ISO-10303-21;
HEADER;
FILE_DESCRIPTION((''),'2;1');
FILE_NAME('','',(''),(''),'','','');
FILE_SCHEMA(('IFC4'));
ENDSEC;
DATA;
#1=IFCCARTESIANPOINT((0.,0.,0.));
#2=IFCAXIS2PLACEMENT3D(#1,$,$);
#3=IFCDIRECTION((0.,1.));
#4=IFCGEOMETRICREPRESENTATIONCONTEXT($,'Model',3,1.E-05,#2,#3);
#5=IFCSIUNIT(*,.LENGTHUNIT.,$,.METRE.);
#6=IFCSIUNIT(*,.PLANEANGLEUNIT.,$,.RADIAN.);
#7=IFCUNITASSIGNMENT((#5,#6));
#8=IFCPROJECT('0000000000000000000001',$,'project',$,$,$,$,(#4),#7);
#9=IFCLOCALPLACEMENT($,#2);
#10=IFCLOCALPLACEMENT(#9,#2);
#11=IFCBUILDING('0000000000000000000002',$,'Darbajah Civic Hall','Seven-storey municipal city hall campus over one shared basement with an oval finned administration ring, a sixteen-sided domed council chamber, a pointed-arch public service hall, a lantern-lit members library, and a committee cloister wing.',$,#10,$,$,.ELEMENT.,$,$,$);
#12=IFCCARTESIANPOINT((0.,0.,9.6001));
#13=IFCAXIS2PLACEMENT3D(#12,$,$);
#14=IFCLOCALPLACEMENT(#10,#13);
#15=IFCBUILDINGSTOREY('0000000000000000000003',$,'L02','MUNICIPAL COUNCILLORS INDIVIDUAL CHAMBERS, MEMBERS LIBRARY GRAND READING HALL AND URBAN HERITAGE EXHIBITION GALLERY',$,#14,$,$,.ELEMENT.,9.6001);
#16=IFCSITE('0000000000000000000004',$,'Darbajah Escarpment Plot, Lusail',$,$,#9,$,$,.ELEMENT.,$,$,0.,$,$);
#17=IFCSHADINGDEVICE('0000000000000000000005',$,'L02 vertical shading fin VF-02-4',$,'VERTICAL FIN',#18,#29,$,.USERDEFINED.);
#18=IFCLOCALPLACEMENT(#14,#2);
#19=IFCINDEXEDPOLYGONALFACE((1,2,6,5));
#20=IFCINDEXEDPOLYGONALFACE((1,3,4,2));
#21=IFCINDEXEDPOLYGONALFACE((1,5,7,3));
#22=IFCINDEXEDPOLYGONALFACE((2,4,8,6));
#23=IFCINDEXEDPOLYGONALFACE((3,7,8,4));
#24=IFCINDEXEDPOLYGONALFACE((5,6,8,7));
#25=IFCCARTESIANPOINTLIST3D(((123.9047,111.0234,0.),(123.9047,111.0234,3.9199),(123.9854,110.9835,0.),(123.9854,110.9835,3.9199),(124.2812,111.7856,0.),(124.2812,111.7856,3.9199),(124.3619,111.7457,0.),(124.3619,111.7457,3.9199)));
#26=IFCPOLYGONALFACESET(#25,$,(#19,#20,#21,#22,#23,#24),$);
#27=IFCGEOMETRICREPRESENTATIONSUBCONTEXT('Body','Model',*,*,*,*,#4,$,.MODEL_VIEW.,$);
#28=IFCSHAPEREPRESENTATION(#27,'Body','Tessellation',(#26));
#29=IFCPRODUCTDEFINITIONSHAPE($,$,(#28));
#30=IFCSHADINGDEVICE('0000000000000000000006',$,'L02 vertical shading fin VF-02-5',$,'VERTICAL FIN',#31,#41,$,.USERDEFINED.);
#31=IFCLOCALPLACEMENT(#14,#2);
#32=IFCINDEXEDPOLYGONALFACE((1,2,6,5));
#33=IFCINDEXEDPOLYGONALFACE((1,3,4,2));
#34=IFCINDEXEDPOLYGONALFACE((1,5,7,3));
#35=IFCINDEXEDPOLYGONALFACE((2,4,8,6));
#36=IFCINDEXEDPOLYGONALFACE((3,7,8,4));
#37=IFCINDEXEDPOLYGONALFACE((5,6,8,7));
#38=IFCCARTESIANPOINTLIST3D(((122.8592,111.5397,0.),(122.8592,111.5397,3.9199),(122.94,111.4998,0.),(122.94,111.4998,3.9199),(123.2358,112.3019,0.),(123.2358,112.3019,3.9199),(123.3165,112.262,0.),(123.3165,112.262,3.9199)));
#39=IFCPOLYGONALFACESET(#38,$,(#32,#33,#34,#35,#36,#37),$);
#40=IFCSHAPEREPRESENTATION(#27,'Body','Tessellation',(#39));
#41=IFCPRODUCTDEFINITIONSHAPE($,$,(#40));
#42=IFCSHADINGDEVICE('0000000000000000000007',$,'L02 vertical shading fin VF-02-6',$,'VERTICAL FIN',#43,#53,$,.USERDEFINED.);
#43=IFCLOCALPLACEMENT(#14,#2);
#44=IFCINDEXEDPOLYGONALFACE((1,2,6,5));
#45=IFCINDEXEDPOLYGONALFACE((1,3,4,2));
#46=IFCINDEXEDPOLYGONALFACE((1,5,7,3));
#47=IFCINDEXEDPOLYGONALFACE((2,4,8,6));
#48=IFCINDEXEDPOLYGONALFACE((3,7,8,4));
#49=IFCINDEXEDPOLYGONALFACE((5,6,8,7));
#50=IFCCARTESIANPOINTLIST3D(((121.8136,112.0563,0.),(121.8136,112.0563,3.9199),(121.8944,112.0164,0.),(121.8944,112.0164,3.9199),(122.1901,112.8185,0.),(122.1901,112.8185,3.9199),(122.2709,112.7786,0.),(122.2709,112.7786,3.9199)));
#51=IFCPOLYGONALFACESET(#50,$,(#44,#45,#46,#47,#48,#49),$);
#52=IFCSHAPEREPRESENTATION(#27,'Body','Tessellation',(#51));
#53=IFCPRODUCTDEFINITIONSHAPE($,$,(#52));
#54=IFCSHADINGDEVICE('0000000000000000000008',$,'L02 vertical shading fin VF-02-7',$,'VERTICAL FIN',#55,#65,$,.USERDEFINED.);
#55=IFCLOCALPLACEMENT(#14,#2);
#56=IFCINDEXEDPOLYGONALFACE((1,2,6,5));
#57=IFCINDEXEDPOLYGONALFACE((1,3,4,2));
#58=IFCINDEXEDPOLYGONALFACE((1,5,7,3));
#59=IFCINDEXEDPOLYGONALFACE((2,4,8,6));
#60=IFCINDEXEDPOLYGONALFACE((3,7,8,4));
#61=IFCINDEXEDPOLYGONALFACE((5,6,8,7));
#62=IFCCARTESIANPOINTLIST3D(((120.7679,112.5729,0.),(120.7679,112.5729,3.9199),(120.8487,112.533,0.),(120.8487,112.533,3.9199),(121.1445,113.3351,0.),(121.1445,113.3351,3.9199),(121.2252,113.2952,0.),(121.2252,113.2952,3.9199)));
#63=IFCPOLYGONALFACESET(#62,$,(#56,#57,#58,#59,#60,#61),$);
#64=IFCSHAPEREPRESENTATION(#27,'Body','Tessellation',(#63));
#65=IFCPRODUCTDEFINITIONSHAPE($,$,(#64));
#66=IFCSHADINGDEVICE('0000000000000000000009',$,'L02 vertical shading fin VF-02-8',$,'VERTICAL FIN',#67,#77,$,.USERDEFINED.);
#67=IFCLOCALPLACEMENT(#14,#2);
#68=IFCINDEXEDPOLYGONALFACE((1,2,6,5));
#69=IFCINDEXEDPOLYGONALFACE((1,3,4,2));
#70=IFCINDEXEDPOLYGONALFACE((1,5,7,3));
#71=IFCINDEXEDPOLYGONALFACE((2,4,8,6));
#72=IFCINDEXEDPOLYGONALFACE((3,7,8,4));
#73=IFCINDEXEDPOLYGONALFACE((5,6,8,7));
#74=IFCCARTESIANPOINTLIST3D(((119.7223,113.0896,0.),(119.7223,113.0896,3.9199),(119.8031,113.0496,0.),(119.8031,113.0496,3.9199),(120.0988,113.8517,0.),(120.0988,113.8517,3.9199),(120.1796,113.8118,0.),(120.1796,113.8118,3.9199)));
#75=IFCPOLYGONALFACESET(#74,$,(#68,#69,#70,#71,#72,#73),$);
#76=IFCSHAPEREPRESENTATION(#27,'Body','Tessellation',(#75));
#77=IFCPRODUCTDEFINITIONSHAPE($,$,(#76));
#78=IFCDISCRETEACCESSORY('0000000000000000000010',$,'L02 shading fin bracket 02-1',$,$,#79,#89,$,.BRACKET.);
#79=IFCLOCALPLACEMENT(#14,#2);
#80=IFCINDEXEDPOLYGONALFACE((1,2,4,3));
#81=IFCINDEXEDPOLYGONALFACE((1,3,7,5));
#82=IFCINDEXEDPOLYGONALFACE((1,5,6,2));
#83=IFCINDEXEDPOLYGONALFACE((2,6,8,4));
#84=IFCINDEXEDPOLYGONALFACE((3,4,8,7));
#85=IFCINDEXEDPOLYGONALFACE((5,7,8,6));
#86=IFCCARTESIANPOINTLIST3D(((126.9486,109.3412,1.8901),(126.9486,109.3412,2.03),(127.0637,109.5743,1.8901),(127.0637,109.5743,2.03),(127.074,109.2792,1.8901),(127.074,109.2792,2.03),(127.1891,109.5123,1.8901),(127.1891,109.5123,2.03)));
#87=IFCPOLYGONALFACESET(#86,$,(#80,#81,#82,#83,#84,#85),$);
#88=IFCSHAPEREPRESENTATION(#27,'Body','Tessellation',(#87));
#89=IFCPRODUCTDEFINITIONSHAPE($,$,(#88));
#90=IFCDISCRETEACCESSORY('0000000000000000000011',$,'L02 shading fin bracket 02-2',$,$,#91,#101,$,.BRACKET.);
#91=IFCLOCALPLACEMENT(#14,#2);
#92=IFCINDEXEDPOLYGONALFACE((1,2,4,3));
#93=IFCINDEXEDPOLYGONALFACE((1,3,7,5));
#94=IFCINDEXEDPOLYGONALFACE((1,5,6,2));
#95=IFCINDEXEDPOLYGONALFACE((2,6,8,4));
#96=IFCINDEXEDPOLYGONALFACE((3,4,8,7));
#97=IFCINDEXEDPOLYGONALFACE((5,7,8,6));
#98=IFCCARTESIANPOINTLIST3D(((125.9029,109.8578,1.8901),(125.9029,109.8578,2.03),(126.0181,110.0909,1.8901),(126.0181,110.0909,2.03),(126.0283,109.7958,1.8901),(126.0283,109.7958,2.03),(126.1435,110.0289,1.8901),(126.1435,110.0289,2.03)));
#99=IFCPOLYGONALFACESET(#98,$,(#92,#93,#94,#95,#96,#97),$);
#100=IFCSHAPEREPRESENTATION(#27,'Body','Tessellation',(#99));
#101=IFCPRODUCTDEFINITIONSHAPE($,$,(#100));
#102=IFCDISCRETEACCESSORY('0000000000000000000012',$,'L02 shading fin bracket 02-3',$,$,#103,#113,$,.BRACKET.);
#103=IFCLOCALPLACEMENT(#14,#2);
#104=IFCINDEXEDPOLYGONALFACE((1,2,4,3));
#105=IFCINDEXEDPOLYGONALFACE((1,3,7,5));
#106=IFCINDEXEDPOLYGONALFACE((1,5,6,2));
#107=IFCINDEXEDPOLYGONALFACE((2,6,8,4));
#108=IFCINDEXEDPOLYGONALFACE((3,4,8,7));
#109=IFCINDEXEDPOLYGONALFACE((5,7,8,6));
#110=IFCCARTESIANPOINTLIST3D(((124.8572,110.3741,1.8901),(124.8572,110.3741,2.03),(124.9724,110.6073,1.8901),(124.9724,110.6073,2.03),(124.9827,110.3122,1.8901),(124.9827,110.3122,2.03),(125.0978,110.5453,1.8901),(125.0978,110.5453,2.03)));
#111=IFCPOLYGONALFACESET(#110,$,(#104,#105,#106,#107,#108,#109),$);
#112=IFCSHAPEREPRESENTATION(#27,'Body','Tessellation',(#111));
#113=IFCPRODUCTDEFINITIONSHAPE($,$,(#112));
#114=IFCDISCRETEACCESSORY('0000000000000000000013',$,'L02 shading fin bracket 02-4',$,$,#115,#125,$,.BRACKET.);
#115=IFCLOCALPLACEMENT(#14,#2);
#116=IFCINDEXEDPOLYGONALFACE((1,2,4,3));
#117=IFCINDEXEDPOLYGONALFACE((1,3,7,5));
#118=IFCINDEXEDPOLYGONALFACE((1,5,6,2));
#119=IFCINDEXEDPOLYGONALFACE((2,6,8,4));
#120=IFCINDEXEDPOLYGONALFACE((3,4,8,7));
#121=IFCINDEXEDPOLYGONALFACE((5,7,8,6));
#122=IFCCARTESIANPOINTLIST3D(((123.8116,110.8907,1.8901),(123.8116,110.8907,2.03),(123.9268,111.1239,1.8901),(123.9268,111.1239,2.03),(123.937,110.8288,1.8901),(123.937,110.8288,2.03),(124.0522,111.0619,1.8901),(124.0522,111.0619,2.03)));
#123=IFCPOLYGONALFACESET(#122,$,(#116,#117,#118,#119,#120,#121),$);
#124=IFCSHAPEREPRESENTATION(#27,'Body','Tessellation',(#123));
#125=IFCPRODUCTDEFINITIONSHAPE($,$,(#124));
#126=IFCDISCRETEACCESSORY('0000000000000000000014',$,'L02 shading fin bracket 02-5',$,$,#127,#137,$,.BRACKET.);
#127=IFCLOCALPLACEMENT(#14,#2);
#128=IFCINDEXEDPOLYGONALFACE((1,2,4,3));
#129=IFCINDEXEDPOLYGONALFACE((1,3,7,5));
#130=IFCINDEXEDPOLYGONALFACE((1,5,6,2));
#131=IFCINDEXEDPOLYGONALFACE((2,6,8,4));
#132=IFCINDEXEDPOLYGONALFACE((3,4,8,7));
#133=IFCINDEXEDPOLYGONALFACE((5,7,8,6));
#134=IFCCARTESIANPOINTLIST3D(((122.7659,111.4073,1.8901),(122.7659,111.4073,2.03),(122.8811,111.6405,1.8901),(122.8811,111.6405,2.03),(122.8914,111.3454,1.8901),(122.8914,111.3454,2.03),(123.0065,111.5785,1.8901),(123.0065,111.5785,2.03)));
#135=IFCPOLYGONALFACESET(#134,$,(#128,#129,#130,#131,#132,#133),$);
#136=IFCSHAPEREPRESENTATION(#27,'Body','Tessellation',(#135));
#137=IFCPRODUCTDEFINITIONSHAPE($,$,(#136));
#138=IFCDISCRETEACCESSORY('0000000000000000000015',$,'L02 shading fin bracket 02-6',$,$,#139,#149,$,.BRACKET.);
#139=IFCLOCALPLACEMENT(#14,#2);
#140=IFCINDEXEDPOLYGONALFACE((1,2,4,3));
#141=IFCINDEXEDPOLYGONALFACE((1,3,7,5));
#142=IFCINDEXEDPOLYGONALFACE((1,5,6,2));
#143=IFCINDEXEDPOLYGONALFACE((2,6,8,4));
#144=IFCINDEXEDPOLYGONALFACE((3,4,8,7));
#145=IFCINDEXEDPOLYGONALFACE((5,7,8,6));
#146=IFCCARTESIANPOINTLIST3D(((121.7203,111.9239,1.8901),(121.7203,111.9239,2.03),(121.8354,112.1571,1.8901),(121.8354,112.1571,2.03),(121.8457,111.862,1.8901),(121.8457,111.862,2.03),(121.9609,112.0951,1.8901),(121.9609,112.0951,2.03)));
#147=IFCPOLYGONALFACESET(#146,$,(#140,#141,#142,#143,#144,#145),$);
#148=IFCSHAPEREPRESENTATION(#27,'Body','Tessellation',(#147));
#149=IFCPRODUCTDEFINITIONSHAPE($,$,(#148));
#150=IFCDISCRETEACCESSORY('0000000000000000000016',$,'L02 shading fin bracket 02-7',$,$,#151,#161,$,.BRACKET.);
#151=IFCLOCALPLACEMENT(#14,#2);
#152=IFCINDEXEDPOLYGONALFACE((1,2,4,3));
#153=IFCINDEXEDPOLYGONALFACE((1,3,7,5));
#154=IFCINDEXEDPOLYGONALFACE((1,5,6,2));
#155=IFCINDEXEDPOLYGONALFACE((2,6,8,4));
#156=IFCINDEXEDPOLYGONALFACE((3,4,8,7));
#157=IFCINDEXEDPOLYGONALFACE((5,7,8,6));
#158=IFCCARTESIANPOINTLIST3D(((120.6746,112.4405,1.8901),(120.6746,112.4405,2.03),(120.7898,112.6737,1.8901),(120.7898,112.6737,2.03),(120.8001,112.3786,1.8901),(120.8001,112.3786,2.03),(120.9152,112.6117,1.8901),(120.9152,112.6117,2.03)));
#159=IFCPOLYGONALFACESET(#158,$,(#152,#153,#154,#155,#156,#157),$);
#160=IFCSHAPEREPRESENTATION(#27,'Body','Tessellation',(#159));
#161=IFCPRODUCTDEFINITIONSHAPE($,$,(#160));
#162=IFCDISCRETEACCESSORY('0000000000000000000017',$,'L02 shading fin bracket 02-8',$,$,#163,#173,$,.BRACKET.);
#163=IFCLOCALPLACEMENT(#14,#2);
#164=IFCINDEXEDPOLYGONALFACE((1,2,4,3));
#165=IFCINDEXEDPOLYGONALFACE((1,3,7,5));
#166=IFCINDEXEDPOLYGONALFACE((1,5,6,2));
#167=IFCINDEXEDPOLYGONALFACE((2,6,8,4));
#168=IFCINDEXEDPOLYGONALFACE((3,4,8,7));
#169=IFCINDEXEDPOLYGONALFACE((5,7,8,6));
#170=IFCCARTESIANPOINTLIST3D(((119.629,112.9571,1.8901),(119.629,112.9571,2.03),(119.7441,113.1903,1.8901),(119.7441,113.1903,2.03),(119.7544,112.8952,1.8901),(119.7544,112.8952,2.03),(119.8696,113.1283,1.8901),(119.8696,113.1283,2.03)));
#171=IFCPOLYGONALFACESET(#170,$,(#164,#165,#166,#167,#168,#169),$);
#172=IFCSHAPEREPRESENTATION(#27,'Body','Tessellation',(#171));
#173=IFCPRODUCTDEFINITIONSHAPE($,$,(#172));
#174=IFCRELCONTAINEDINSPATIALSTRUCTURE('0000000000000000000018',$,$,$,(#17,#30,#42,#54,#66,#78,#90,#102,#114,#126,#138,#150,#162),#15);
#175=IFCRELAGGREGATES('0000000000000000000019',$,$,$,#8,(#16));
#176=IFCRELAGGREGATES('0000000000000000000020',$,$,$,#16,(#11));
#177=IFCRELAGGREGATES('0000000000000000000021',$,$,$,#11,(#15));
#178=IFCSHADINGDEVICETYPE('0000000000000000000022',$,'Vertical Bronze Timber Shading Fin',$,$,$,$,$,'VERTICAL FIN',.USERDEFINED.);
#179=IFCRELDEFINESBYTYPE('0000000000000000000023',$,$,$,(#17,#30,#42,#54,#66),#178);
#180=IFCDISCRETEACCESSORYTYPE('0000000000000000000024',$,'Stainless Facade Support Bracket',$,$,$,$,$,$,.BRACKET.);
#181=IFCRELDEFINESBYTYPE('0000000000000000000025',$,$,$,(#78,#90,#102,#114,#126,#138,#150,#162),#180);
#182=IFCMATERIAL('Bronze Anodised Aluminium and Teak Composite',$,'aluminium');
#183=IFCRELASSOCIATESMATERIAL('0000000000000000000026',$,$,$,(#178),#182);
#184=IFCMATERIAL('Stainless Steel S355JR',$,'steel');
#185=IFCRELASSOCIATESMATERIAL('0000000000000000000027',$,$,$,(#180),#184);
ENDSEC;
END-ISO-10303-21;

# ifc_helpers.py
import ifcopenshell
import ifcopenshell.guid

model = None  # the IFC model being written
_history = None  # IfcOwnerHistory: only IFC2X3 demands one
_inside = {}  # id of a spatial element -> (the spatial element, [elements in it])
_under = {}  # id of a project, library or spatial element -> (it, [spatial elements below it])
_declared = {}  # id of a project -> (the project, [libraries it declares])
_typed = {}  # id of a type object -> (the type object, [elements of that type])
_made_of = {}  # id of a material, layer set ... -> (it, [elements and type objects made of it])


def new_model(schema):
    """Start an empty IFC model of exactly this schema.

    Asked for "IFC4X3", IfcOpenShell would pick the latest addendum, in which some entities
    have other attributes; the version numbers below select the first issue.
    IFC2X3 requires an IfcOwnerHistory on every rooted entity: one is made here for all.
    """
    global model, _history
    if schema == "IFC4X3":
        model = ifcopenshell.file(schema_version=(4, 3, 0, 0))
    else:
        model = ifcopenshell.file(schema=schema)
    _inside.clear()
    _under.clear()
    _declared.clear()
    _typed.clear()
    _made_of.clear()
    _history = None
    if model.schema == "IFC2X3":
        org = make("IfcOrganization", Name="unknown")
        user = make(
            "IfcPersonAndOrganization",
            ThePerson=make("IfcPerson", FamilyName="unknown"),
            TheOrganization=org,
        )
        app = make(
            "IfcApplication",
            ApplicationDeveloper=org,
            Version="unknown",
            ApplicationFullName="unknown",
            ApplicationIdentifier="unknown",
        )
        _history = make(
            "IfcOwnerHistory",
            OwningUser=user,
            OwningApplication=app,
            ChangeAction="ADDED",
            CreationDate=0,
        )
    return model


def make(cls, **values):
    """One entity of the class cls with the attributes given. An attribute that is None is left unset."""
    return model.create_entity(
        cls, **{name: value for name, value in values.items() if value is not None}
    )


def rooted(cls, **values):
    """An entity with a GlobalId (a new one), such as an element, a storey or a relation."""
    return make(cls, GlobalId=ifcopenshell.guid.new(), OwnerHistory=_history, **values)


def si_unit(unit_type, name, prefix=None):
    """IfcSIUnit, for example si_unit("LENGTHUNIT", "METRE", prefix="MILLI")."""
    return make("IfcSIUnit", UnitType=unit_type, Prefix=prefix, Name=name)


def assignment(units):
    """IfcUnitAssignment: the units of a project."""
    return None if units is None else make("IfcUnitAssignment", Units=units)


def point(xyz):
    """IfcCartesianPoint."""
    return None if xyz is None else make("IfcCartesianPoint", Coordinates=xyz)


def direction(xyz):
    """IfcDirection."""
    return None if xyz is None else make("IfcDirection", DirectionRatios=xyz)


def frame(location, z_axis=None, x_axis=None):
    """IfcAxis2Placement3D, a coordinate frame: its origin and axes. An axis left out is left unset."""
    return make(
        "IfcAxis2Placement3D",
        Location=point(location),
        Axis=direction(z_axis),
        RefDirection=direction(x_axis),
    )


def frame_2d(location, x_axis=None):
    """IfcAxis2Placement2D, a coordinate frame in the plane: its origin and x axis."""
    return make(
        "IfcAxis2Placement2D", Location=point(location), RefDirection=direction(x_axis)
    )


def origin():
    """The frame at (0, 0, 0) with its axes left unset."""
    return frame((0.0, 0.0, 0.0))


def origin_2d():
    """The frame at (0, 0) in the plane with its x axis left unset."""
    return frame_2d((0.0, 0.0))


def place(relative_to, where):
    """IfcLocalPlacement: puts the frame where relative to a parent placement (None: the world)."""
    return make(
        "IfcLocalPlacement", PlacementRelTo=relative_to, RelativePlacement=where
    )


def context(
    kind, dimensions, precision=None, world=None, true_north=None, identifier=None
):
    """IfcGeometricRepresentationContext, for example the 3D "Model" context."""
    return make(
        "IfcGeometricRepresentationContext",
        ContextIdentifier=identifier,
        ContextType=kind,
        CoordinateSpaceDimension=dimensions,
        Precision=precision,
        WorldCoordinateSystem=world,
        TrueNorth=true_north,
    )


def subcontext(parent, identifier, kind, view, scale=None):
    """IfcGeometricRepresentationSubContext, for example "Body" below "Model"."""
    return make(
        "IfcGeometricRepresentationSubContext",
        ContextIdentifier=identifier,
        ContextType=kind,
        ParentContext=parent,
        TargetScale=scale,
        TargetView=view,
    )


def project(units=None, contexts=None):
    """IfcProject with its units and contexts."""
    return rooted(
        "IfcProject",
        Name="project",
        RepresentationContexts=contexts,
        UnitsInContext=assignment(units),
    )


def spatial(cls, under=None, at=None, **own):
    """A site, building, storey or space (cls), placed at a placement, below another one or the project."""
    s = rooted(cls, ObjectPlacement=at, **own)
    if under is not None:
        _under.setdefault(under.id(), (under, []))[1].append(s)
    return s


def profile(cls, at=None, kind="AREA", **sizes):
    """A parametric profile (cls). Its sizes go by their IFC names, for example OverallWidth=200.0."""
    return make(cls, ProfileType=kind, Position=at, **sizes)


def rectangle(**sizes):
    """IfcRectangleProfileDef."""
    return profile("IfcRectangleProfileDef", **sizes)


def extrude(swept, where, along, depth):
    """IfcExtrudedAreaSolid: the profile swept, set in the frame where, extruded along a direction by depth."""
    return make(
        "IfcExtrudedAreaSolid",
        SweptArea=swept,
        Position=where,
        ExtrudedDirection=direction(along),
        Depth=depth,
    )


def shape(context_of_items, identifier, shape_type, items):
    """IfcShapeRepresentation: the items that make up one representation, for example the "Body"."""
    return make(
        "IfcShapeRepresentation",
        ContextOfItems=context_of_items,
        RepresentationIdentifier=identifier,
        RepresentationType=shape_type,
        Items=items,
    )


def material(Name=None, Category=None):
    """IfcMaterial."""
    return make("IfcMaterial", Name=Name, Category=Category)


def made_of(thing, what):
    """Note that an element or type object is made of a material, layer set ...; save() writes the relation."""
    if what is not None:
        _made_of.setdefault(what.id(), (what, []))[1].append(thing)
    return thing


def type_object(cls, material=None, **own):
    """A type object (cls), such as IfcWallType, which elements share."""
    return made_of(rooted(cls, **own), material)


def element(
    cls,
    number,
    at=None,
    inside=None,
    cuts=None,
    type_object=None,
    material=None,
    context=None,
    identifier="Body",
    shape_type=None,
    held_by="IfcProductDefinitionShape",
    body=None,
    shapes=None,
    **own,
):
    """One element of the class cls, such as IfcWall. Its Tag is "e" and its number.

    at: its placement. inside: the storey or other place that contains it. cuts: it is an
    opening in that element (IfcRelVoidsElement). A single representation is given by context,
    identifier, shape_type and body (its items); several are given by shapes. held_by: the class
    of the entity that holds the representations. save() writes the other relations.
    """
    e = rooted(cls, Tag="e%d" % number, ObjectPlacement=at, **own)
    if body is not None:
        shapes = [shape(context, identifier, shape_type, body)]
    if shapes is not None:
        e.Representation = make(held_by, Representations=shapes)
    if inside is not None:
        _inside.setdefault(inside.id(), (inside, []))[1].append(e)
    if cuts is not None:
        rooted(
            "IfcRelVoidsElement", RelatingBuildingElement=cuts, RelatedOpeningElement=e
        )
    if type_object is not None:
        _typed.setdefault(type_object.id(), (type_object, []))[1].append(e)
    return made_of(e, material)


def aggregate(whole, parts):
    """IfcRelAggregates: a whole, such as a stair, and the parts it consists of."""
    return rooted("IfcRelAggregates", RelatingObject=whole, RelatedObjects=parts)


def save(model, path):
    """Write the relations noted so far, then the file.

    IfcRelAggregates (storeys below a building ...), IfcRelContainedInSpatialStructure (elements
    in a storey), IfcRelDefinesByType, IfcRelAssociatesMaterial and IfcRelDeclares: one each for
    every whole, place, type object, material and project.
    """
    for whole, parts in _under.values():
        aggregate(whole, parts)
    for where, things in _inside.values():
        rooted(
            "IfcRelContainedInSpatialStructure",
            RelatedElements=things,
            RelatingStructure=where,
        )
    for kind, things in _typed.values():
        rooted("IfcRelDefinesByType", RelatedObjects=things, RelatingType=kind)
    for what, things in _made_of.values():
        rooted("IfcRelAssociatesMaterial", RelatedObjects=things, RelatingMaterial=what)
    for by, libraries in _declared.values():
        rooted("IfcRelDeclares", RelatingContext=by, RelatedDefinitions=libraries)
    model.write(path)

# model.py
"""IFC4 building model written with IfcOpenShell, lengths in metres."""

from ifc_helpers import new_model, si_unit, direction, frame, origin, origin_2d, place, context, subcontext, project, spatial, rectangle, extrude, material, type_object, element, save


model = new_model("IFC4")

# Units and contexts
model_context = context("Model", 3, precision=1e-05, world=origin(), true_north=direction((0.0, 1.0)))
body_context = subcontext(model_context, "Body", "Model", "MODEL_VIEW")
ifc_project = project(units=[si_unit("LENGTHUNIT", "METRE"), si_unit("PLANEANGLEUNIT", "RADIAN")], contexts=[model_context])

# Site, building, storey
site_placement = place(None, origin())
site = spatial("IfcSite", under=ifc_project, at=site_placement, Name="Darbajah Escarpment Plot, Lusail", CompositionType="ELEMENT", RefElevation=0.0)
building_placement = place(site_placement, origin())
building = spatial("IfcBuilding", under=site, at=building_placement, Name="Darbajah Civic Hall", Description="Seven-storey municipal city hall campus over one shared basement with an oval finned administration ring, a sixteen-sided domed council chamber, a pointed-arch public service hall, a lantern-lit members library, and a committee cloister wing.", CompositionType="ELEMENT")
storey_placement = place(building_placement, frame((0.0, 0.0, 9.6001)))
storey = spatial("IfcBuildingStorey", under=building, at=storey_placement, Name="L02", Description="MUNICIPAL COUNCILLORS INDIVIDUAL CHAMBERS, MEMBERS LIBRARY GRAND READING HALL AND URBAN HERITAGE EXHIBITION GALLERY", CompositionType="ELEMENT", Elevation=9.6001)

# Shading devices
ifc_material_1 = material(Name="Bronze Anodised Aluminium and Teak Composite", Category="aluminium")
shading_device_type = type_object("IfcShadingDeviceType", Name="Vertical Bronze Timber Shading Fin", ElementType="VERTICAL FIN", PredefinedType="USERDEFINED", material=ifc_material_1)
for number, where, z_axis, x_axis, name in (
    (1, (124.1333, 111.3845, 0.0), (0.0, 0.0, 1.0), (0.442915, 0.896564, 0.0), "L02 vertical shading fin VF-02-4"),
    (2, (123.0879, 111.9009, 0.0), (0.0, 0.0, 1.0), (0.442915, 0.896564, 0.0), "L02 vertical shading fin VF-02-5"),
    (3, (122.0422, 112.4175, 0.0), (0.0, 0.0, 1.0), (0.442915, 0.896564, 0.0), "L02 vertical shading fin VF-02-6"),
    (4, (120.9966, 112.9341, 0.0), (0.0, 0.0, 1.0), (0.442915, 0.896564, 0.0), "L02 vertical shading fin VF-02-7"),
    (5, (119.9509, 113.4507, 0.0), (0.0, 0.0, 1.0), (0.442915, 0.896564, 0.0), "L02 vertical shading fin VF-02-8"),
):
    element("IfcShadingDevice", number, at=place(storey_placement, frame(where, z_axis=z_axis, x_axis=x_axis)), inside=storey, type_object=shading_device_type, Name=name, ObjectType="VERTICAL FIN", PredefinedType="USERDEFINED", context=body_context, shape_type="SweptSolid", body=[
        extrude(rectangle(XDim=0.8501, YDim=0.0901, at=origin_2d()), origin(), (0.0, 0.0, 1.0), 3.9199),
    ])

# Discrete accessories
ifc_material_2 = material(Name="Stainless Steel S355JR", Category="steel")
discrete_accessory_type = type_object("IfcDiscreteAccessoryType", Name="Stainless Facade Support Bracket", PredefinedType="BRACKET", material=ifc_material_2)
for number, where, z_axis, x_axis, name in (
    (6, (127.0688, 109.4268, 1.8901), (0.0, 0.0, 1.0), (0.442915, 0.896564, 0.0), "L02 shading fin bracket 02-1"),
    (7, (126.0232, 109.9434, 1.8901), (0.0, 0.0, 1.0), (0.442915, 0.896564, 0.0), "L02 shading fin bracket 02-2"),
    (8, (124.9775, 110.4597, 1.8901), (0.0, 0.0, 1.0), (0.442915, 0.896564, 0.0), "L02 shading fin bracket 02-3"),
    (9, (123.9319, 110.9763, 1.8901), (0.0, 0.0, 1.0), (0.442915, 0.896564, 0.0), "L02 shading fin bracket 02-4"),
    (10, (122.8862, 111.4929, 1.8901), (0.0, 0.0, 1.0), (0.442915, 0.896564, 0.0), "L02 shading fin bracket 02-5"),
    (11, (121.8406, 112.0095, 1.8901), (0.0, 0.0, 1.0), (0.442915, 0.896564, 0.0), "L02 shading fin bracket 02-6"),
    (12, (120.7949, 112.5261, 1.8901), (0.0, 0.0, 1.0), (0.442915, 0.896564, 0.0), "L02 shading fin bracket 02-7"),
    (13, (119.7493, 113.0427, 1.8901), (0.0, 0.0, 1.0), (0.442915, 0.896564, 0.0), "L02 shading fin bracket 02-8"),
):
    element("IfcDiscreteAccessory", number, at=place(storey_placement, frame(where, z_axis=z_axis, x_axis=x_axis)), inside=storey, type_object=discrete_accessory_type, Name=name, PredefinedType="BRACKET", context=body_context, shape_type="SweptSolid", body=[
        extrude(rectangle(XDim=0.26, YDim=0.1399, at=origin_2d()), origin(), (0.0, 0.0, 1.0), 0.1399),
    ])

save(model, "model.ifc")
